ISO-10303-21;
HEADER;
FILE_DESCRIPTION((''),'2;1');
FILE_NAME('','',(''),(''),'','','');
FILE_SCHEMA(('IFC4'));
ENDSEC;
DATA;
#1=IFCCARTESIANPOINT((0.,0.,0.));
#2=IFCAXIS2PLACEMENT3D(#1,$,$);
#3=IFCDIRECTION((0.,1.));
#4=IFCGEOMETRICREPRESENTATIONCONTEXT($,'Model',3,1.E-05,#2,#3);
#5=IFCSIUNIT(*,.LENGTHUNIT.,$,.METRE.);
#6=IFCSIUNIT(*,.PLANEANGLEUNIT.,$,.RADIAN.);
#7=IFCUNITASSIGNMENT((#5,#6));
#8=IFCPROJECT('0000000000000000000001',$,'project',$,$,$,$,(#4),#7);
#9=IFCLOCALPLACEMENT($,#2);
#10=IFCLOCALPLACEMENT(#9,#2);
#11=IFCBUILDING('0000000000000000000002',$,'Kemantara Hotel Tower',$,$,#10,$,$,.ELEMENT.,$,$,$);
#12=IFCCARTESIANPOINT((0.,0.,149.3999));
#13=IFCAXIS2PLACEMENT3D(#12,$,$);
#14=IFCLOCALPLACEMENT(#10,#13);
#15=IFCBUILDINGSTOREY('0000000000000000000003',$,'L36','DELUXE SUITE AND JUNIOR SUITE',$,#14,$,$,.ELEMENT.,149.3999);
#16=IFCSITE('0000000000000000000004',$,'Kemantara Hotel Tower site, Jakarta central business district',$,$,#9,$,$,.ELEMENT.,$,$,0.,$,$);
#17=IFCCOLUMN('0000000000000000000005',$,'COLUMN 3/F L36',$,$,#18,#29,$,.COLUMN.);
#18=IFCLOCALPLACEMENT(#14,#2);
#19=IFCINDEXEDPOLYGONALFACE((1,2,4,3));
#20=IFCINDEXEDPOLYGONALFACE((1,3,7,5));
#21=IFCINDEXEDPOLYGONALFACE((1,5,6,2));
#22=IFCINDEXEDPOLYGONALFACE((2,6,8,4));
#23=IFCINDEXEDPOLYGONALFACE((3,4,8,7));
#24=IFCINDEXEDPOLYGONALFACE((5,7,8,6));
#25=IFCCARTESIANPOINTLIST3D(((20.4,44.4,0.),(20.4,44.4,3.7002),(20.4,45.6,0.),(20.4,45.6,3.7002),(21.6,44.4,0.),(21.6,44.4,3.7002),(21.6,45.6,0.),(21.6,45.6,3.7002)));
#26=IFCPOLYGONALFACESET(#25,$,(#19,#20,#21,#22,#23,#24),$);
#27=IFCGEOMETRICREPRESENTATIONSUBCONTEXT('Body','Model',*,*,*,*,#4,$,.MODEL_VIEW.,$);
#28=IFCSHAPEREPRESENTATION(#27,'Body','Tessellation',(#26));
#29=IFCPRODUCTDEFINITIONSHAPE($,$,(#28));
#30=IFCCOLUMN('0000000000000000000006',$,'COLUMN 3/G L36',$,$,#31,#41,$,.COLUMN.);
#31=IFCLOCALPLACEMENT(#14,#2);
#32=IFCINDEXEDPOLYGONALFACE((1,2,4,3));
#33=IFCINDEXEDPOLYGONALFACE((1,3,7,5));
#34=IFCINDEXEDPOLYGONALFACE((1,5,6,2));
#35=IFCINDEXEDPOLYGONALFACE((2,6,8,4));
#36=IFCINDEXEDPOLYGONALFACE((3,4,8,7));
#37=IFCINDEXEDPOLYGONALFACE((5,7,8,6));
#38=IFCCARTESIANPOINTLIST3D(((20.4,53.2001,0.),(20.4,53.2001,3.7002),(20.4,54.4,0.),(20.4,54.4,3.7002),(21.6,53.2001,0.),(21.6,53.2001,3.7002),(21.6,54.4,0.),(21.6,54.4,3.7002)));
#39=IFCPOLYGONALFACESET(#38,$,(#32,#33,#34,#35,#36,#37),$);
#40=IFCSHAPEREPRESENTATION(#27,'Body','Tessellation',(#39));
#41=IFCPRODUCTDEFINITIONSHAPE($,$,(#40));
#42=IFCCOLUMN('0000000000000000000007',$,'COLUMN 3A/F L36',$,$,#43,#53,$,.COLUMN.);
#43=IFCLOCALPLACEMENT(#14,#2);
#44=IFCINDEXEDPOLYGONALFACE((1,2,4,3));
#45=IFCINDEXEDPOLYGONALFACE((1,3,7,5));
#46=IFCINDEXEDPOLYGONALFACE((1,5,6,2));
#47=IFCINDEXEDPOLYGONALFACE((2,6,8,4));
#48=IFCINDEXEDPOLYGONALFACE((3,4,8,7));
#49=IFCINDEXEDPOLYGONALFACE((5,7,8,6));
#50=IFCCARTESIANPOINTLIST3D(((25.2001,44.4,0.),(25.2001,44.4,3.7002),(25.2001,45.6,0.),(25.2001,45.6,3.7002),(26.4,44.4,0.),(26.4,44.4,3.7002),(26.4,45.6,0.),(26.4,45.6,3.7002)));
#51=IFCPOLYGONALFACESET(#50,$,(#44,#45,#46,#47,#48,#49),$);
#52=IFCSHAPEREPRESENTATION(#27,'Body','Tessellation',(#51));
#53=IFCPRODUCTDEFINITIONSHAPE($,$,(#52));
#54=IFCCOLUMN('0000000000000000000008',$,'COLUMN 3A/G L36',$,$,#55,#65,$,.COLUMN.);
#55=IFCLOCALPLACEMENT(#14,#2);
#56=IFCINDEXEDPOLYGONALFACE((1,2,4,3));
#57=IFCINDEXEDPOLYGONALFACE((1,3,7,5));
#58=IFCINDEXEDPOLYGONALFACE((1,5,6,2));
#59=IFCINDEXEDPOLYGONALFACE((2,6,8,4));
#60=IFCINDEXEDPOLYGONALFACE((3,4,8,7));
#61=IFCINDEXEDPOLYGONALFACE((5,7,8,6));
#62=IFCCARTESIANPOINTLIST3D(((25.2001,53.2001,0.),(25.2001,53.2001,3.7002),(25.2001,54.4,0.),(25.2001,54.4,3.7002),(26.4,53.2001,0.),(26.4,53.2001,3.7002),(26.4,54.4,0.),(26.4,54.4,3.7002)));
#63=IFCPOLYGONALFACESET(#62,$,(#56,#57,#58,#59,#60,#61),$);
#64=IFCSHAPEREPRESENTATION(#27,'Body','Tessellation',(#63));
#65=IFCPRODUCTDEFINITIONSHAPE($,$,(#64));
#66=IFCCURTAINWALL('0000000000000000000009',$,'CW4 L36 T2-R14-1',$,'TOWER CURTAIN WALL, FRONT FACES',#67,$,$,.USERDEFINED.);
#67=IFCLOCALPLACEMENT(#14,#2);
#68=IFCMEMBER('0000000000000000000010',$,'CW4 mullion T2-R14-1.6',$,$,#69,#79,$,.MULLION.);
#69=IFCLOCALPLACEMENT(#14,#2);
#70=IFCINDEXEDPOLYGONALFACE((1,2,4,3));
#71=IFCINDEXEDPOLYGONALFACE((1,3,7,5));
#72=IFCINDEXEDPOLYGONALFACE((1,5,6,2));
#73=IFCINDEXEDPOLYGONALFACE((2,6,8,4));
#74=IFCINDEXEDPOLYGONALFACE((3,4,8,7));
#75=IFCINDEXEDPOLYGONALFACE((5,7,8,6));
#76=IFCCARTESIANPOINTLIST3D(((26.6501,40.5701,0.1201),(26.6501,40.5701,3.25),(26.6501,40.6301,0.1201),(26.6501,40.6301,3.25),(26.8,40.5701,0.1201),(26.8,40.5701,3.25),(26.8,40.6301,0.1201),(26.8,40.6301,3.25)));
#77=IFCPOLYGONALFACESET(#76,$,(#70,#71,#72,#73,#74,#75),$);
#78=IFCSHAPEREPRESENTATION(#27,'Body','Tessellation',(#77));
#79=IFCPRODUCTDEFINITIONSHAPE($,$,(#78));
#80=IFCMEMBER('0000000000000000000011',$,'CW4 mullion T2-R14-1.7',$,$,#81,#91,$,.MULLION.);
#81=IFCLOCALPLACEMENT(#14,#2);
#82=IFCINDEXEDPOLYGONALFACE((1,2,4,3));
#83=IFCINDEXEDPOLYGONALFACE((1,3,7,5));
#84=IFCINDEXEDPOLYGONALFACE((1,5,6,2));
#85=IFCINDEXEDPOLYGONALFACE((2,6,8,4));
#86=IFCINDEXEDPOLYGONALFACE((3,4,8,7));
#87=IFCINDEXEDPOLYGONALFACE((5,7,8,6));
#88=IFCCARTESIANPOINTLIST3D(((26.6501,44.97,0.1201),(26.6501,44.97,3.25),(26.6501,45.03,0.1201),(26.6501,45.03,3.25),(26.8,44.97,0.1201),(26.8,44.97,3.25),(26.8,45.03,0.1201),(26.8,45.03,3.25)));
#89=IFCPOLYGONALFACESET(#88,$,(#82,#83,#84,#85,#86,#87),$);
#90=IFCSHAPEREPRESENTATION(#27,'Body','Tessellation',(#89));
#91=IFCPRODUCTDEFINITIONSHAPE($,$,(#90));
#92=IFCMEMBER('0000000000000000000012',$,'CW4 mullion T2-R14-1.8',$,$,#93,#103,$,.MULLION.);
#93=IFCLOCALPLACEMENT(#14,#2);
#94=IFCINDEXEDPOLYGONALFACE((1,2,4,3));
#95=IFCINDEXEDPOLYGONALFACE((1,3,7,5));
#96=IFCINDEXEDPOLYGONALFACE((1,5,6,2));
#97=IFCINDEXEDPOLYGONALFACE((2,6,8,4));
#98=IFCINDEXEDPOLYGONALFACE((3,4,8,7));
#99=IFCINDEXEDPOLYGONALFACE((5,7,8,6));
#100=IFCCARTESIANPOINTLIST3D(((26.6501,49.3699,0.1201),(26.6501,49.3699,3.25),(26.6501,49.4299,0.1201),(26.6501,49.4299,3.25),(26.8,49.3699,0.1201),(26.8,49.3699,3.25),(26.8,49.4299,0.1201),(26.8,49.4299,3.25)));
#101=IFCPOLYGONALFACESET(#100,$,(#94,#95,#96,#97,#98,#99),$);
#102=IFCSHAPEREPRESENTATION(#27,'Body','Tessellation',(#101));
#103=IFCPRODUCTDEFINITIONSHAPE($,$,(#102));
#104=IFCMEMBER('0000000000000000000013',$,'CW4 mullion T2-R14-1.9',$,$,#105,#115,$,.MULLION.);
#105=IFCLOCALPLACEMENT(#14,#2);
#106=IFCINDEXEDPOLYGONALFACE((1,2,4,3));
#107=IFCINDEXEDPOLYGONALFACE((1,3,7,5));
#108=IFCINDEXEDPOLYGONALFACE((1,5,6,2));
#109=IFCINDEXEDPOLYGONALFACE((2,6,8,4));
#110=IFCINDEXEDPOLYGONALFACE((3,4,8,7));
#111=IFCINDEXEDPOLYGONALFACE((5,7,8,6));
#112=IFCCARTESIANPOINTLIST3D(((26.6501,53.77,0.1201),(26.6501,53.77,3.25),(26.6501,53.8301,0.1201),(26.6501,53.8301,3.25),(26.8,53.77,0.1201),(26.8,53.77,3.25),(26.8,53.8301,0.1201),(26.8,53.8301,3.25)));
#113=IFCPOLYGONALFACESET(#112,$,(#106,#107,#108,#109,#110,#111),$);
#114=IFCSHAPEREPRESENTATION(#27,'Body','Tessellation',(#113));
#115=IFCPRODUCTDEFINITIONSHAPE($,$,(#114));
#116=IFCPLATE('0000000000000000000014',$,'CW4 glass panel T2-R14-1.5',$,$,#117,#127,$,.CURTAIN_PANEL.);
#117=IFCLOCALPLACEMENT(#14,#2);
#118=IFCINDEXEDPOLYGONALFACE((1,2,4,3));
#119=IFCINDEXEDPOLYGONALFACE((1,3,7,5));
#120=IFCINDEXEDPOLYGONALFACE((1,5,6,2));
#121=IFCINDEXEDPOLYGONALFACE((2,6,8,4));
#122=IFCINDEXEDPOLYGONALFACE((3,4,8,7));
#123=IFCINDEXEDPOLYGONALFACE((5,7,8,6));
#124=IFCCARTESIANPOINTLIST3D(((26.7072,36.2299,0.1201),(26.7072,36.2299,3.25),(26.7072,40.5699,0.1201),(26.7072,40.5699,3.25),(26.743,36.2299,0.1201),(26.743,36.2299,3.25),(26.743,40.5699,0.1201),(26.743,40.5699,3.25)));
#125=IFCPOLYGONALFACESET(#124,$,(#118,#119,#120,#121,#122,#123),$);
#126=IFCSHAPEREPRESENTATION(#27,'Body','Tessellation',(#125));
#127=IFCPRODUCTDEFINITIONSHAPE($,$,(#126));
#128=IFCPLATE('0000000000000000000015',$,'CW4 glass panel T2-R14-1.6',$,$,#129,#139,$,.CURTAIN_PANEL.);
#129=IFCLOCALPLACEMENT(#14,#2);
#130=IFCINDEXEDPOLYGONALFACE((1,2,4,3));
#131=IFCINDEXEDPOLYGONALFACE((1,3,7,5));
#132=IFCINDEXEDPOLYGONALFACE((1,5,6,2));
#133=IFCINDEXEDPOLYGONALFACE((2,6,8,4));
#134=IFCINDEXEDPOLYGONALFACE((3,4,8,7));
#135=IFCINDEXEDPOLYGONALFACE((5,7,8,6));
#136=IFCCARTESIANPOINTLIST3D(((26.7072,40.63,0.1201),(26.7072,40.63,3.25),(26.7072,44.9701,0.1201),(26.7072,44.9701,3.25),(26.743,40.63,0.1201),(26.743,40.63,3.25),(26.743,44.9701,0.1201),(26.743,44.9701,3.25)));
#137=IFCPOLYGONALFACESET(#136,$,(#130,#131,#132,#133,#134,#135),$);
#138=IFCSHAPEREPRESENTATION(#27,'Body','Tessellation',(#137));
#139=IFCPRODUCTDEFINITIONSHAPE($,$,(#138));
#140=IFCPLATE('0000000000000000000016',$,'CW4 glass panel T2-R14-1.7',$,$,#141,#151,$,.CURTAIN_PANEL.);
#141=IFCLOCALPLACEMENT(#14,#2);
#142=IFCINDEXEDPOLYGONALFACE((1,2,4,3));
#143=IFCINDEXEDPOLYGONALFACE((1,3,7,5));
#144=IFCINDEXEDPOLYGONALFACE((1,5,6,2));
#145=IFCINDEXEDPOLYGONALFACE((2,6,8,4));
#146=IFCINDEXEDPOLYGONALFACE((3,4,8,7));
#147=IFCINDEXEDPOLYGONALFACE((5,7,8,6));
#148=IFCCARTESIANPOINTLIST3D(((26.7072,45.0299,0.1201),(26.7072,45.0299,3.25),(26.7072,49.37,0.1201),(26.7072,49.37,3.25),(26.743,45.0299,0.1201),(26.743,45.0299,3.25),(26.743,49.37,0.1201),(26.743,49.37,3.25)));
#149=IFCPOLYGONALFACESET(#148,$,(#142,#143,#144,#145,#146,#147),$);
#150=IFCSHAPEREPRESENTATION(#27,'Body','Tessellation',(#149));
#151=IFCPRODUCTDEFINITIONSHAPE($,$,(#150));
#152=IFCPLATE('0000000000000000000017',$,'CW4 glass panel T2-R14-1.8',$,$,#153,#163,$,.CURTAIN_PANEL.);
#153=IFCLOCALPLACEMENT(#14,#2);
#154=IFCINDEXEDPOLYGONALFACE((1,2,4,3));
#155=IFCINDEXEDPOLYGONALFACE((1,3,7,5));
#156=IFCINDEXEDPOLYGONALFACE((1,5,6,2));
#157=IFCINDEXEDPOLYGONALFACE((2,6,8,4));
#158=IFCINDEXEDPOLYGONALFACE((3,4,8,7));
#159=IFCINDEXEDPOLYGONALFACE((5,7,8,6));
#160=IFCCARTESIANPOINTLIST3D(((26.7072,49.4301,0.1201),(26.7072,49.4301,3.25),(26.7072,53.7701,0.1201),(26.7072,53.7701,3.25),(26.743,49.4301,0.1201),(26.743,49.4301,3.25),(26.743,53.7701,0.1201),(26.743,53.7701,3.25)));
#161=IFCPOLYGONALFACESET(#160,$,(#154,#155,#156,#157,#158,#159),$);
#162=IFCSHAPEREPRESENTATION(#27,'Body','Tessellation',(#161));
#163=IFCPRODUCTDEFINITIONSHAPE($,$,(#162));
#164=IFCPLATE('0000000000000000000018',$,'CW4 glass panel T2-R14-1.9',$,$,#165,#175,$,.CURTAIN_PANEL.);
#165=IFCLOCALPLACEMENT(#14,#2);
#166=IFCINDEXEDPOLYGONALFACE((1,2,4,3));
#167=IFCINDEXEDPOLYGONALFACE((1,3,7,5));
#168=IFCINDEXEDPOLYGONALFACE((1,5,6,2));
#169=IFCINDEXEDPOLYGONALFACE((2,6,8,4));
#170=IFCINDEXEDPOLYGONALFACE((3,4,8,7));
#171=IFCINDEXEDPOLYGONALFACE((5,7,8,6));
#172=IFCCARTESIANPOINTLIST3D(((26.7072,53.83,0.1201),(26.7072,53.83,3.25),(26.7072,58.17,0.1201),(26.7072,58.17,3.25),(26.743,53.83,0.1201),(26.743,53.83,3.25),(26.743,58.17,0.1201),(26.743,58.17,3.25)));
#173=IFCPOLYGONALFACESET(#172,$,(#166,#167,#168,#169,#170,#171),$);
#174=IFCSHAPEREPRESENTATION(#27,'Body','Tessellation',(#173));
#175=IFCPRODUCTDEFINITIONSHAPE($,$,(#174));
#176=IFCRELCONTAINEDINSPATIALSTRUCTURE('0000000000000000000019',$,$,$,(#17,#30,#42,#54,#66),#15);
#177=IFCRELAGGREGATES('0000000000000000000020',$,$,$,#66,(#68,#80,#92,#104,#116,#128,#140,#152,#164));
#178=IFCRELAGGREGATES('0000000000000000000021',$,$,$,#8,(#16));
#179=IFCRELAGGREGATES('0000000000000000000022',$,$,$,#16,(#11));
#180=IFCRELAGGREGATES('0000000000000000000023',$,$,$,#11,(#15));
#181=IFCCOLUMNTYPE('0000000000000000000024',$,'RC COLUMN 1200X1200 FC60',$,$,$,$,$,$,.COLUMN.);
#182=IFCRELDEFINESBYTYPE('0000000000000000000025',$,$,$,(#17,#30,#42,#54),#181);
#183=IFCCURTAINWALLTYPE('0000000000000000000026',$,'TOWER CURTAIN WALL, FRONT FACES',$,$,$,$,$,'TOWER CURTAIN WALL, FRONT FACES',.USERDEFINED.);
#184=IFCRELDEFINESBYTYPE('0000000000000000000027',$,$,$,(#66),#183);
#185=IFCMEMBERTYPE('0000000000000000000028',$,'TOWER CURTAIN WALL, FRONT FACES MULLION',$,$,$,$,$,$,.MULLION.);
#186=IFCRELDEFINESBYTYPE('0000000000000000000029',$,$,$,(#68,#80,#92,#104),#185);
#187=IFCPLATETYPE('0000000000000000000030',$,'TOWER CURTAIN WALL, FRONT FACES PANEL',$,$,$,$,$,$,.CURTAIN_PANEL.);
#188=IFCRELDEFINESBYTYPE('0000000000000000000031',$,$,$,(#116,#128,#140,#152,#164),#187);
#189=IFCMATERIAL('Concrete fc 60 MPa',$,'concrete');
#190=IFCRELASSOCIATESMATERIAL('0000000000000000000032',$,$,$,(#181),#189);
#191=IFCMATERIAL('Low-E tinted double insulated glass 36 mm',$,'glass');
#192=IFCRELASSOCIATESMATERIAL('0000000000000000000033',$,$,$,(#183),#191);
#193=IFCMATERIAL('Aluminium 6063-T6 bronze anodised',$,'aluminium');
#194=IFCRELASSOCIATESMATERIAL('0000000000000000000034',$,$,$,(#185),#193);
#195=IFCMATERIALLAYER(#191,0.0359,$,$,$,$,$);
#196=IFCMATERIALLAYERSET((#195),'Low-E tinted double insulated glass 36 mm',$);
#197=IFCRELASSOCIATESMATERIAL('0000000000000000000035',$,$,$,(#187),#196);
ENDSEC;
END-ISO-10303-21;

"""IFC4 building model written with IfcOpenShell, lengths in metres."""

from ifc_helpers import new_model, si_unit, direction, frame, origin, origin_2d, place, context, subcontext, project, spatial, rectangle, extrude, source, transform, mapped, material, layer, layer_set, material_profile, profile_set, type_object, element, aggregate, save


model = new_model("IFC4")

# Units and contexts
model_context = context("Model", 3, precision=1e-05, world=origin(), true_north=direction((0.0, 1.0)))
body_context = subcontext(model_context, "Body", "Model", "MODEL_VIEW")
ifc_project = project(units=[si_unit("LENGTHUNIT", "METRE"), si_unit("PLANEANGLEUNIT", "RADIAN")], contexts=[model_context])

# Site, building, storey
site_placement = place(None, origin())
site = spatial("IfcSite", under=ifc_project, at=site_placement, Name="Kemantara Hotel Tower site, Jakarta central business district", CompositionType="ELEMENT", RefElevation=0.0)
building_placement = place(site_placement, origin())
building = spatial("IfcBuilding", under=site, at=building_placement, Name="Kemantara Hotel Tower", CompositionType="ELEMENT")
storey_placement = place(building_placement, frame((0.0, 0.0, 149.3999)))
storey = spatial("IfcBuildingStorey", under=building, at=storey_placement, Name="L36", Description="DELUXE SUITE AND JUNIOR SUITE", CompositionType="ELEMENT", Elevation=149.3999)

# Columns
ifc_material_1 = material(Name="Concrete fc 60 MPa", Category="concrete")
ifc_material_profile_1 = material_profile(ifc_material_1, rectangle(XDim=1.2, YDim=1.2, at=origin_2d()), Name="RC 1200X1200")
ifc_profile_set_1 = profile_set([ifc_material_profile_1], Name="Concrete fc 60 MPa")
column_type = type_object("IfcColumnType", Name="RC COLUMN 1200X1200 FC60", PredefinedType="COLUMN", material=ifc_profile_set_1)
for number, where, z_axis, x_axis, name in (
    (1, (21.0, 45.0, 0.0), (0.0, 0.0, 1.0), (1.0, 0.0, 0.0), "COLUMN 3/F L36"),
    (2, (21.0, 53.8, 0.0), (0.0, 0.0, 1.0), (1.0, 0.0, 0.0), "COLUMN 3/G L36"),
    (3, (25.8, 45.0, 0.0), (0.0, 0.0, 1.0), (1.0, 0.0, 0.0), "COLUMN 3A/F L36"),
    (4, (25.8, 53.8, 0.0), (0.0, 0.0, 1.0), (1.0, 0.0, 0.0), "COLUMN 3A/G L36"),
):
    element("IfcColumn", number, at=place(storey_placement, frame(where, z_axis=z_axis, x_axis=x_axis)), inside=storey, type_object=column_type, Name=name, PredefinedType="COLUMN", context=body_context, shape_type="SweptSolid", body=[
        extrude(rectangle(XDim=1.2, YDim=1.2, at=origin_2d()), origin(), (0.0, 0.0, 1.0), 3.7002),
    ])

# Curtain wall, members, plates
ifc_material_2 = material(Name="Low-E tinted double insulated glass 36 mm", Category="glass")
curtain_wall_type = type_object("IfcCurtainWallType", Name="TOWER CURTAIN WALL, FRONT FACES", ElementType="TOWER CURTAIN WALL, FRONT FACES", PredefinedType="USERDEFINED", material=ifc_material_2)
curtain_wall_placement = place(storey_placement, origin())
curtain_wall = element("IfcCurtainWall", 5, at=curtain_wall_placement, inside=storey, type_object=curtain_wall_type, Name="CW4 L36 T2-R14-1", ObjectType="TOWER CURTAIN WALL, FRONT FACES", PredefinedType="USERDEFINED")
ifc_material_3 = material(Name="Aluminium 6063-T6 bronze anodised", Category="aluminium")
ifc_material_profile_2 = material_profile(ifc_material_3, rectangle(XDim=0.1499, YDim=0.0601, at=origin_2d()), Name="TOWER CURTAIN WALL, FRONT FACES MULLION")
ifc_profile_set_2 = profile_set([ifc_material_profile_2], Name="Aluminium 6063-T6 bronze anodised")
member_type = type_object("IfcMemberType", Name="TOWER CURTAIN WALL, FRONT FACES MULLION", PredefinedType="MULLION", material=ifc_profile_set_2)
shared_shape_1 = source(origin(), body_context, "Body", "SweptSolid", [
    extrude(rectangle(XDim=0.1499, YDim=0.0601, at=origin_2d()), origin(), (0.0, 0.0, 1.0), 3.1299),
])
member_1_placement = place(storey_placement, frame((26.7251, 40.6001, 0.1201), z_axis=(0.0, 0.0, 1.0), x_axis=(-1.0, 0.0, 0.0)))
member_1 = element("IfcMember", 6, at=member_1_placement, type_object=member_type, Name="CW4 mullion T2-R14-1.6", PredefinedType="MULLION", context=body_context, shape_type="MappedRepresentation", body=[
    mapped(shared_shape_1, transform((0.0, 0.0, 0.0))),
])
member_2_placement = place(storey_placement, frame((26.7251, 45.0, 0.1201), z_axis=(0.0, 0.0, 1.0), x_axis=(-1.0, 0.0, 0.0)))
member_2 = element("IfcMember", 7, at=member_2_placement, type_object=member_type, Name="CW4 mullion T2-R14-1.7", PredefinedType="MULLION", context=body_context, shape_type="MappedRepresentation", body=[
    mapped(shared_shape_1, transform((0.0, 0.0, 0.0))),
])
member_3_placement = place(storey_placement, frame((26.7251, 49.3999, 0.1201), z_axis=(0.0, 0.0, 1.0), x_axis=(-1.0, 0.0, 0.0)))
member_3 = element("IfcMember", 8, at=member_3_placement, type_object=member_type, Name="CW4 mullion T2-R14-1.8", PredefinedType="MULLION", context=body_context, shape_type="MappedRepresentation", body=[
    mapped(shared_shape_1, transform((0.0, 0.0, 0.0))),
])
member_4_placement = place(storey_placement, frame((26.7251, 53.8, 0.1201), z_axis=(0.0, 0.0, 1.0), x_axis=(-1.0, 0.0, 0.0)))
member_4 = element("IfcMember", 9, at=member_4_placement, type_object=member_type, Name="CW4 mullion T2-R14-1.9", PredefinedType="MULLION", context=body_context, shape_type="MappedRepresentation", body=[
    mapped(shared_shape_1, transform((0.0, 0.0, 0.0))),
])
ifc_layer_1 = layer(ifc_material_2, 0.0359)
ifc_layer_set_1 = layer_set([ifc_layer_1], Name="Low-E tinted double insulated glass 36 mm")
plate_type = type_object("IfcPlateType", Name="TOWER CURTAIN WALL, FRONT FACES PANEL", PredefinedType="CURTAIN_PANEL", material=ifc_layer_set_1)
shared_shape_2 = source(origin(), body_context, "Body", "SweptSolid", [
    extrude(rectangle(XDim=4.3401, YDim=0.0359, at=origin_2d()), origin(), (0.0, 0.0, 1.0), 3.1299),
])
plate_1_placement = place(storey_placement, frame((26.7251, 38.3999, 0.1201), z_axis=(0.0, 0.0, 1.0), x_axis=(0.0, 1.0, 0.0)))
plate_1 = element("IfcPlate", 10, at=plate_1_placement, type_object=plate_type, Name="CW4 glass panel T2-R14-1.5", PredefinedType="CURTAIN_PANEL", context=body_context, shape_type="MappedRepresentation", body=[
    mapped(shared_shape_2, transform((0.0, 0.0, 0.0))),
])
plate_2_placement = place(storey_placement, frame((26.7251, 42.8, 0.1201), z_axis=(0.0, 0.0, 1.0), x_axis=(0.0, 1.0, 0.0)))
plate_2 = element("IfcPlate", 11, at=plate_2_placement, type_object=plate_type, Name="CW4 glass panel T2-R14-1.6", PredefinedType="CURTAIN_PANEL", context=body_context, shape_type="MappedRepresentation", body=[
    mapped(shared_shape_2, transform((0.0, 0.0, 0.0))),
])
plate_3_placement = place(storey_placement, frame((26.7251, 47.2, 0.1201), z_axis=(0.0, 0.0, 1.0), x_axis=(0.0, 1.0, 0.0)))
plate_3 = element("IfcPlate", 12, at=plate_3_placement, type_object=plate_type, Name="CW4 glass panel T2-R14-1.7", PredefinedType="CURTAIN_PANEL", context=body_context, shape_type="MappedRepresentation", body=[
    mapped(shared_shape_2, transform((0.0, 0.0, 0.0))),
])
plate_4_placement = place(storey_placement, frame((26.7251, 51.6001, 0.1201), z_axis=(0.0, 0.0, 1.0), x_axis=(0.0, 1.0, 0.0)))
plate_4 = element("IfcPlate", 13, at=plate_4_placement, type_object=plate_type, Name="CW4 glass panel T2-R14-1.8", PredefinedType="CURTAIN_PANEL", context=body_context, shape_type="MappedRepresentation", body=[
    mapped(shared_shape_2, transform((0.0, 0.0, 0.0))),
])
plate_5_placement = place(storey_placement, frame((26.7251, 56.0, 0.1201), z_axis=(0.0, 0.0, 1.0), x_axis=(0.0, 1.0, 0.0)))
plate_5 = element("IfcPlate", 14, at=plate_5_placement, type_object=plate_type, Name="CW4 glass panel T2-R14-1.9", PredefinedType="CURTAIN_PANEL", context=body_context, shape_type="MappedRepresentation", body=[
    mapped(shared_shape_2, transform((0.0, 0.0, 0.0))),
])
aggregate(curtain_wall, [member_1, member_2, member_3, member_4, plate_1, plate_2, plate_3, plate_4, plate_5])

save(model, "model.ifc")
